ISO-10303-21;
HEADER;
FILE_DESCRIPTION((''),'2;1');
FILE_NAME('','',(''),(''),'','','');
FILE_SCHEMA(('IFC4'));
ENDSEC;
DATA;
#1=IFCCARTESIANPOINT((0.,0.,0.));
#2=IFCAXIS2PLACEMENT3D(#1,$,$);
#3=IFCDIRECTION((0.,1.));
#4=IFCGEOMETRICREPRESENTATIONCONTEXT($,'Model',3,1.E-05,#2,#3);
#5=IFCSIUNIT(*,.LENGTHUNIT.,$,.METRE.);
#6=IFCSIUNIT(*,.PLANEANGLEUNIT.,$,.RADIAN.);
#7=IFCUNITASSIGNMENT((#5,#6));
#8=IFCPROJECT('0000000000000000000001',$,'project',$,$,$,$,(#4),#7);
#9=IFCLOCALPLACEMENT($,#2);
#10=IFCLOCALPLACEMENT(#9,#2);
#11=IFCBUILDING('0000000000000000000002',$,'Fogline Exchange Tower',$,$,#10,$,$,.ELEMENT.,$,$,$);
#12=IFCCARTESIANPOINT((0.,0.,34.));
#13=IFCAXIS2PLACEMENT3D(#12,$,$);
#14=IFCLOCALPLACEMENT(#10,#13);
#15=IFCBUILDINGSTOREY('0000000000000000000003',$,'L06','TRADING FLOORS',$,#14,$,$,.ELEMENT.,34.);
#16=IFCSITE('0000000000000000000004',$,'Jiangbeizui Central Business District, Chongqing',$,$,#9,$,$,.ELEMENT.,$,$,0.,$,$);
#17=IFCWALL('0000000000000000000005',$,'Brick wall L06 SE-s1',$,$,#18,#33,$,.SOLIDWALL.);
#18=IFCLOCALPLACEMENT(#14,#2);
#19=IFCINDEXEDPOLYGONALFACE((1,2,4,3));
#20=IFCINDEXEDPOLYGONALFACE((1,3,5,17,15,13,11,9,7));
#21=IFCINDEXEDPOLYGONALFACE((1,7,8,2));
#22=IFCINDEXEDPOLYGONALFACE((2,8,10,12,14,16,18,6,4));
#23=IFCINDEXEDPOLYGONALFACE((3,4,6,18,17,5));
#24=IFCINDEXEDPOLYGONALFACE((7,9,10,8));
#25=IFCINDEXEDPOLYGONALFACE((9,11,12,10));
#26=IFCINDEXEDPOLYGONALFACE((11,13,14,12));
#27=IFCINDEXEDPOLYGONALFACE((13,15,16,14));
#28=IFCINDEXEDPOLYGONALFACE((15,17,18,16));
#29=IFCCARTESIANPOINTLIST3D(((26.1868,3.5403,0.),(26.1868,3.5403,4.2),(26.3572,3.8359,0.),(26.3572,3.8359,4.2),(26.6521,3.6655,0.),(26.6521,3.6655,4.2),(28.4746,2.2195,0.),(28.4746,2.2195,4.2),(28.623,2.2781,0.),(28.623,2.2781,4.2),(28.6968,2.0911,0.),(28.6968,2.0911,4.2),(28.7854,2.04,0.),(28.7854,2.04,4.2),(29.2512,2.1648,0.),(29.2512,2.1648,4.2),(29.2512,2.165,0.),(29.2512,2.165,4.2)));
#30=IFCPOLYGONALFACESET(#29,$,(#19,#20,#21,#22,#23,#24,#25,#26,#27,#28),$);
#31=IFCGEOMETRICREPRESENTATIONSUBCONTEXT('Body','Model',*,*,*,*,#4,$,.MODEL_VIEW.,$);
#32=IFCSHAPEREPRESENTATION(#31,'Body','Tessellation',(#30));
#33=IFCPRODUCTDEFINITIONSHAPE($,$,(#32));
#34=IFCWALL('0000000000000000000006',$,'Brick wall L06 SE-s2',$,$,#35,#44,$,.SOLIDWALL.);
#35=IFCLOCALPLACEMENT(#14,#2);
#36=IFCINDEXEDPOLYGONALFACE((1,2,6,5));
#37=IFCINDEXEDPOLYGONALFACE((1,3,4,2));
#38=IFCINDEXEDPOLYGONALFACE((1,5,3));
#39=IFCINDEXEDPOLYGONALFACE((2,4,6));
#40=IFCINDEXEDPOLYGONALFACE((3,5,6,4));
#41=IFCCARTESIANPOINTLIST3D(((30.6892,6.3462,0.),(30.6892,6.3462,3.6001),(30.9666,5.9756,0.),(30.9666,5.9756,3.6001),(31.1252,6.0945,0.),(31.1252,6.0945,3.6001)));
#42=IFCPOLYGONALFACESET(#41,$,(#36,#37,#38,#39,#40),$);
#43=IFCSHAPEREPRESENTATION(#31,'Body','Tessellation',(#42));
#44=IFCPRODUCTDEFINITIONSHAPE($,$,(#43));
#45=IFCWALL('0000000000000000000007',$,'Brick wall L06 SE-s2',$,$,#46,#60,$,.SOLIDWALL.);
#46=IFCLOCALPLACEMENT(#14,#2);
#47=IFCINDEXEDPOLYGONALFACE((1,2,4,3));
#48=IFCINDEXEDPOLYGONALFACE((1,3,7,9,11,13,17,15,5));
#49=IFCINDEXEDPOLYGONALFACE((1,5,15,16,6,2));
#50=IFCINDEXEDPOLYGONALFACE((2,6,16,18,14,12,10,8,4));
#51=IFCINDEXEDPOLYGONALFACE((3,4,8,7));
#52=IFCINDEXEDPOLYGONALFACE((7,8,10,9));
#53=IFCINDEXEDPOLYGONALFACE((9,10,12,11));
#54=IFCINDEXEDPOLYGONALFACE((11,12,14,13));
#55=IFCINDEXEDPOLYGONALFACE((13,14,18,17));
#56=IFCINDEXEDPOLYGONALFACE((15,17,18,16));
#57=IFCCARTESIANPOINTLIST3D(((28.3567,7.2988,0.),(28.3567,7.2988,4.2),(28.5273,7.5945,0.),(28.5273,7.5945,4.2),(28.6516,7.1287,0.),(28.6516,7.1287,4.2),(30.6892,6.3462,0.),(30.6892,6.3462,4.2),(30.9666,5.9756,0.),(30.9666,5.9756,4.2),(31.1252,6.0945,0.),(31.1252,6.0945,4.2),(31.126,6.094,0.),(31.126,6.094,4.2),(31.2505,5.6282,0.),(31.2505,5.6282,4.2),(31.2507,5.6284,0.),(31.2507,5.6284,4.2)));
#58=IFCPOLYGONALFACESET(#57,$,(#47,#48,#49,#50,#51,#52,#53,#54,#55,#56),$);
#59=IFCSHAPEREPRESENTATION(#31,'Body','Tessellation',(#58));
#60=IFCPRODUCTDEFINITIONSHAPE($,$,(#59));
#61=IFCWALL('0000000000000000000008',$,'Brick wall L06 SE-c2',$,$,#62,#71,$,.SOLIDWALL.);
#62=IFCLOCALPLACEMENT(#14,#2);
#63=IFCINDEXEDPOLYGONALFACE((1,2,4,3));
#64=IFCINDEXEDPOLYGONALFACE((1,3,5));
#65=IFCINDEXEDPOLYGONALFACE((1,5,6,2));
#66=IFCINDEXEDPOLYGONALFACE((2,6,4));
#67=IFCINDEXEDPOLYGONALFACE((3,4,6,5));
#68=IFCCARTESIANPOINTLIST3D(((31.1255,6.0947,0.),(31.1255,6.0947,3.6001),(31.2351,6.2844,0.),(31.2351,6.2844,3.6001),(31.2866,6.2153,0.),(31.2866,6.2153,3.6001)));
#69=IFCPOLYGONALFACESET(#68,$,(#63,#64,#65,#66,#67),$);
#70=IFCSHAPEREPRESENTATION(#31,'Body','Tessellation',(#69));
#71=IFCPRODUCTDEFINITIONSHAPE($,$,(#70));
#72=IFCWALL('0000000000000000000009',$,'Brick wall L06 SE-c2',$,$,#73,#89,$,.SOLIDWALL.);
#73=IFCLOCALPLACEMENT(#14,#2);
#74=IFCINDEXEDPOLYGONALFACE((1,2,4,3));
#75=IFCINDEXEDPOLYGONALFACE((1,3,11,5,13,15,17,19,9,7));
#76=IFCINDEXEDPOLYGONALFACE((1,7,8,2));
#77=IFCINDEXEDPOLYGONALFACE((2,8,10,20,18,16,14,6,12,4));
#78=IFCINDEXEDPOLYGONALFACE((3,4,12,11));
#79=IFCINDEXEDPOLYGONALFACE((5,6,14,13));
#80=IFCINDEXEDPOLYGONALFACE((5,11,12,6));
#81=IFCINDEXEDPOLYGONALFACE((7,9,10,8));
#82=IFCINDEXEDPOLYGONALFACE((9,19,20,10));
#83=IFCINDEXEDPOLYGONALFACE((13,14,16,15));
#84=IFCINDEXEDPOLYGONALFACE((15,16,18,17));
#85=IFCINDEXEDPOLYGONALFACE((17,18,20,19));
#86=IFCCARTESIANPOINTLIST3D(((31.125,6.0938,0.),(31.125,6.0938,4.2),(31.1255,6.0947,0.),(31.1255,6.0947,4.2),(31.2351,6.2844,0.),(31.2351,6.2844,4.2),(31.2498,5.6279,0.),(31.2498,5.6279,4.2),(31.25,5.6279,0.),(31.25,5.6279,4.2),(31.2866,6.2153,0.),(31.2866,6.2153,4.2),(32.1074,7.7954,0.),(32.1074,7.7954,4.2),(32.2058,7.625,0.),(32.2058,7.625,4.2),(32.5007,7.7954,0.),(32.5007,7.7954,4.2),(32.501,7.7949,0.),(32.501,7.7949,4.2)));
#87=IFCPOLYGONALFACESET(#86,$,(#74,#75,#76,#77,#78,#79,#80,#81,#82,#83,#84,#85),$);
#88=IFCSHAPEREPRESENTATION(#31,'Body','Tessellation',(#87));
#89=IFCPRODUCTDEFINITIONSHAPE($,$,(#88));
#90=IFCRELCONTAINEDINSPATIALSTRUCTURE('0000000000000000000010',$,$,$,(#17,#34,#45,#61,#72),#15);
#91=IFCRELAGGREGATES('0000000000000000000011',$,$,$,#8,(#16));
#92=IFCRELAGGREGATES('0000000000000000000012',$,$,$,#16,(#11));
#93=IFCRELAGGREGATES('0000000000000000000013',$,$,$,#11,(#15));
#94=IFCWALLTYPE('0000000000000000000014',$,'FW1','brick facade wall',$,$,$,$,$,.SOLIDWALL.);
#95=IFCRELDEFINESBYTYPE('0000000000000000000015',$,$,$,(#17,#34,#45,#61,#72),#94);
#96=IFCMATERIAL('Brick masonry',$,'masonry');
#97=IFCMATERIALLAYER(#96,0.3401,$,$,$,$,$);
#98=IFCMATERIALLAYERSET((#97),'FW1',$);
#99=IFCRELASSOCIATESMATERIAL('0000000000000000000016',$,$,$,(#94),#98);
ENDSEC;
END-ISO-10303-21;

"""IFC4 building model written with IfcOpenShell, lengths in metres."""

from ifc_helpers import new_model, si_unit, direction, frame, origin, place, context, subcontext, project, spatial, polyline, outline, extrude, material, layer, layer_set, type_object, element, save


model = new_model("IFC4")

# Units and contexts
model_context = context("Model", 3, precision=1e-05, world=origin(), true_north=direction((0.0, 1.0)))
body_context = subcontext(model_context, "Body", "Model", "MODEL_VIEW")
ifc_project = project(units=[si_unit("LENGTHUNIT", "METRE"), si_unit("PLANEANGLEUNIT", "RADIAN")], contexts=[model_context])

# Site, building, storey
site_placement = place(None, origin())
site = spatial("IfcSite", under=ifc_project, at=site_placement, Name="Jiangbeizui Central Business District, Chongqing", CompositionType="ELEMENT", RefElevation=0.0)
building_placement = place(site_placement, origin())
building = spatial("IfcBuilding", under=site, at=building_placement, Name="Fogline Exchange Tower", CompositionType="ELEMENT")
storey_placement = place(building_placement, frame((0.0, 0.0, 34.0)))
storey = spatial("IfcBuildingStorey", under=building, at=storey_placement, Name="L06", Description="TRADING FLOORS", CompositionType="ELEMENT", Elevation=34.0)

# Walls
ifc_material_1 = material(Name="Brick masonry", Category="masonry")
ifc_layer_1 = layer(ifc_material_1, 0.3401)
ifc_layer_set_1 = layer_set([ifc_layer_1], Name="FW1")
wall_type = type_object("IfcWallType", Name="FW1", Description="brick facade wall", PredefinedType="SOLIDWALL", material=ifc_layer_set_1)
wall_1_placement = place(storey_placement, origin())
element("IfcWall", 1, at=wall_1_placement, inside=storey, type_object=wall_type, Name="Brick wall L06 SE-s1", PredefinedType="SOLIDWALL", context=body_context, shape_type="SweptSolid", body=[
    extrude(outline(polyline([(26.3572, 3.8359), (26.6521, 3.6655), (29.2512, 2.165), (29.2512, 2.1648), (28.7854, 2.04), (28.6968, 2.0911), (28.623, 2.2781), (28.4746, 2.2195), (26.1868, 3.5403), (26.3572, 3.8359)])), origin(), (0.0, 0.0, 1.0), 4.2),
])
wall_2_placement = place(storey_placement, origin())
element("IfcWall", 2, at=wall_2_placement, inside=storey, type_object=wall_type, Name="Brick wall L06 SE-s2", PredefinedType="SOLIDWALL", context=body_context, shape_type="SweptSolid", body=[
    extrude(outline(polyline([(31.1252, 6.0945), (30.9666, 5.9756), (30.6892, 6.3462), (31.1252, 6.0945)])), origin(), (0.0, 0.0, 1.0), 3.6001),
])
wall_3_placement = place(storey_placement, origin())
element("IfcWall", 3, at=wall_3_placement, inside=storey, type_object=wall_type, Name="Brick wall L06 SE-s2", PredefinedType="SOLIDWALL", context=body_context, shape_type="SweptSolid", body=[
    extrude(outline(polyline([(28.6516, 7.1287), (28.3567, 7.2988), (28.5273, 7.5945), (30.6892, 6.3462), (30.9666, 5.9756), (31.1252, 6.0945), (31.126, 6.094), (31.2507, 5.6284), (31.2505, 5.6282), (28.6516, 7.1287)])), origin(), (0.0, 0.0, 1.0), 4.2),
])
wall_4_placement = place(storey_placement, origin())
element("IfcWall", 4, at=wall_4_placement, inside=storey, type_object=wall_type, Name="Brick wall L06 SE-c2", PredefinedType="SOLIDWALL", context=body_context, shape_type="SweptSolid", body=[
    extrude(outline(polyline([(31.2351, 6.2844), (31.2866, 6.2153), (31.1255, 6.0947), (31.2351, 6.2844)])), origin(), (0.0, 0.0, 1.0), 3.6001),
])
wall_5_placement = place(storey_placement, origin())
element("IfcWall", 5, at=wall_5_placement, inside=storey, type_object=wall_type, Name="Brick wall L06 SE-c2", PredefinedType="SOLIDWALL", context=body_context, shape_type="SweptSolid", body=[
    extrude(outline(polyline([(32.2058, 7.625), (32.5007, 7.7954), (32.501, 7.7949), (31.25, 5.6279), (31.2498, 5.6279), (31.125, 6.0938), (31.1255, 6.0947), (31.2866, 6.2153), (31.2351, 6.2844), (32.1074, 7.7954), (32.2058, 7.625)])), origin(), (0.0, 0.0, 1.0), 4.2),
])

save(model, "model.ifc")
